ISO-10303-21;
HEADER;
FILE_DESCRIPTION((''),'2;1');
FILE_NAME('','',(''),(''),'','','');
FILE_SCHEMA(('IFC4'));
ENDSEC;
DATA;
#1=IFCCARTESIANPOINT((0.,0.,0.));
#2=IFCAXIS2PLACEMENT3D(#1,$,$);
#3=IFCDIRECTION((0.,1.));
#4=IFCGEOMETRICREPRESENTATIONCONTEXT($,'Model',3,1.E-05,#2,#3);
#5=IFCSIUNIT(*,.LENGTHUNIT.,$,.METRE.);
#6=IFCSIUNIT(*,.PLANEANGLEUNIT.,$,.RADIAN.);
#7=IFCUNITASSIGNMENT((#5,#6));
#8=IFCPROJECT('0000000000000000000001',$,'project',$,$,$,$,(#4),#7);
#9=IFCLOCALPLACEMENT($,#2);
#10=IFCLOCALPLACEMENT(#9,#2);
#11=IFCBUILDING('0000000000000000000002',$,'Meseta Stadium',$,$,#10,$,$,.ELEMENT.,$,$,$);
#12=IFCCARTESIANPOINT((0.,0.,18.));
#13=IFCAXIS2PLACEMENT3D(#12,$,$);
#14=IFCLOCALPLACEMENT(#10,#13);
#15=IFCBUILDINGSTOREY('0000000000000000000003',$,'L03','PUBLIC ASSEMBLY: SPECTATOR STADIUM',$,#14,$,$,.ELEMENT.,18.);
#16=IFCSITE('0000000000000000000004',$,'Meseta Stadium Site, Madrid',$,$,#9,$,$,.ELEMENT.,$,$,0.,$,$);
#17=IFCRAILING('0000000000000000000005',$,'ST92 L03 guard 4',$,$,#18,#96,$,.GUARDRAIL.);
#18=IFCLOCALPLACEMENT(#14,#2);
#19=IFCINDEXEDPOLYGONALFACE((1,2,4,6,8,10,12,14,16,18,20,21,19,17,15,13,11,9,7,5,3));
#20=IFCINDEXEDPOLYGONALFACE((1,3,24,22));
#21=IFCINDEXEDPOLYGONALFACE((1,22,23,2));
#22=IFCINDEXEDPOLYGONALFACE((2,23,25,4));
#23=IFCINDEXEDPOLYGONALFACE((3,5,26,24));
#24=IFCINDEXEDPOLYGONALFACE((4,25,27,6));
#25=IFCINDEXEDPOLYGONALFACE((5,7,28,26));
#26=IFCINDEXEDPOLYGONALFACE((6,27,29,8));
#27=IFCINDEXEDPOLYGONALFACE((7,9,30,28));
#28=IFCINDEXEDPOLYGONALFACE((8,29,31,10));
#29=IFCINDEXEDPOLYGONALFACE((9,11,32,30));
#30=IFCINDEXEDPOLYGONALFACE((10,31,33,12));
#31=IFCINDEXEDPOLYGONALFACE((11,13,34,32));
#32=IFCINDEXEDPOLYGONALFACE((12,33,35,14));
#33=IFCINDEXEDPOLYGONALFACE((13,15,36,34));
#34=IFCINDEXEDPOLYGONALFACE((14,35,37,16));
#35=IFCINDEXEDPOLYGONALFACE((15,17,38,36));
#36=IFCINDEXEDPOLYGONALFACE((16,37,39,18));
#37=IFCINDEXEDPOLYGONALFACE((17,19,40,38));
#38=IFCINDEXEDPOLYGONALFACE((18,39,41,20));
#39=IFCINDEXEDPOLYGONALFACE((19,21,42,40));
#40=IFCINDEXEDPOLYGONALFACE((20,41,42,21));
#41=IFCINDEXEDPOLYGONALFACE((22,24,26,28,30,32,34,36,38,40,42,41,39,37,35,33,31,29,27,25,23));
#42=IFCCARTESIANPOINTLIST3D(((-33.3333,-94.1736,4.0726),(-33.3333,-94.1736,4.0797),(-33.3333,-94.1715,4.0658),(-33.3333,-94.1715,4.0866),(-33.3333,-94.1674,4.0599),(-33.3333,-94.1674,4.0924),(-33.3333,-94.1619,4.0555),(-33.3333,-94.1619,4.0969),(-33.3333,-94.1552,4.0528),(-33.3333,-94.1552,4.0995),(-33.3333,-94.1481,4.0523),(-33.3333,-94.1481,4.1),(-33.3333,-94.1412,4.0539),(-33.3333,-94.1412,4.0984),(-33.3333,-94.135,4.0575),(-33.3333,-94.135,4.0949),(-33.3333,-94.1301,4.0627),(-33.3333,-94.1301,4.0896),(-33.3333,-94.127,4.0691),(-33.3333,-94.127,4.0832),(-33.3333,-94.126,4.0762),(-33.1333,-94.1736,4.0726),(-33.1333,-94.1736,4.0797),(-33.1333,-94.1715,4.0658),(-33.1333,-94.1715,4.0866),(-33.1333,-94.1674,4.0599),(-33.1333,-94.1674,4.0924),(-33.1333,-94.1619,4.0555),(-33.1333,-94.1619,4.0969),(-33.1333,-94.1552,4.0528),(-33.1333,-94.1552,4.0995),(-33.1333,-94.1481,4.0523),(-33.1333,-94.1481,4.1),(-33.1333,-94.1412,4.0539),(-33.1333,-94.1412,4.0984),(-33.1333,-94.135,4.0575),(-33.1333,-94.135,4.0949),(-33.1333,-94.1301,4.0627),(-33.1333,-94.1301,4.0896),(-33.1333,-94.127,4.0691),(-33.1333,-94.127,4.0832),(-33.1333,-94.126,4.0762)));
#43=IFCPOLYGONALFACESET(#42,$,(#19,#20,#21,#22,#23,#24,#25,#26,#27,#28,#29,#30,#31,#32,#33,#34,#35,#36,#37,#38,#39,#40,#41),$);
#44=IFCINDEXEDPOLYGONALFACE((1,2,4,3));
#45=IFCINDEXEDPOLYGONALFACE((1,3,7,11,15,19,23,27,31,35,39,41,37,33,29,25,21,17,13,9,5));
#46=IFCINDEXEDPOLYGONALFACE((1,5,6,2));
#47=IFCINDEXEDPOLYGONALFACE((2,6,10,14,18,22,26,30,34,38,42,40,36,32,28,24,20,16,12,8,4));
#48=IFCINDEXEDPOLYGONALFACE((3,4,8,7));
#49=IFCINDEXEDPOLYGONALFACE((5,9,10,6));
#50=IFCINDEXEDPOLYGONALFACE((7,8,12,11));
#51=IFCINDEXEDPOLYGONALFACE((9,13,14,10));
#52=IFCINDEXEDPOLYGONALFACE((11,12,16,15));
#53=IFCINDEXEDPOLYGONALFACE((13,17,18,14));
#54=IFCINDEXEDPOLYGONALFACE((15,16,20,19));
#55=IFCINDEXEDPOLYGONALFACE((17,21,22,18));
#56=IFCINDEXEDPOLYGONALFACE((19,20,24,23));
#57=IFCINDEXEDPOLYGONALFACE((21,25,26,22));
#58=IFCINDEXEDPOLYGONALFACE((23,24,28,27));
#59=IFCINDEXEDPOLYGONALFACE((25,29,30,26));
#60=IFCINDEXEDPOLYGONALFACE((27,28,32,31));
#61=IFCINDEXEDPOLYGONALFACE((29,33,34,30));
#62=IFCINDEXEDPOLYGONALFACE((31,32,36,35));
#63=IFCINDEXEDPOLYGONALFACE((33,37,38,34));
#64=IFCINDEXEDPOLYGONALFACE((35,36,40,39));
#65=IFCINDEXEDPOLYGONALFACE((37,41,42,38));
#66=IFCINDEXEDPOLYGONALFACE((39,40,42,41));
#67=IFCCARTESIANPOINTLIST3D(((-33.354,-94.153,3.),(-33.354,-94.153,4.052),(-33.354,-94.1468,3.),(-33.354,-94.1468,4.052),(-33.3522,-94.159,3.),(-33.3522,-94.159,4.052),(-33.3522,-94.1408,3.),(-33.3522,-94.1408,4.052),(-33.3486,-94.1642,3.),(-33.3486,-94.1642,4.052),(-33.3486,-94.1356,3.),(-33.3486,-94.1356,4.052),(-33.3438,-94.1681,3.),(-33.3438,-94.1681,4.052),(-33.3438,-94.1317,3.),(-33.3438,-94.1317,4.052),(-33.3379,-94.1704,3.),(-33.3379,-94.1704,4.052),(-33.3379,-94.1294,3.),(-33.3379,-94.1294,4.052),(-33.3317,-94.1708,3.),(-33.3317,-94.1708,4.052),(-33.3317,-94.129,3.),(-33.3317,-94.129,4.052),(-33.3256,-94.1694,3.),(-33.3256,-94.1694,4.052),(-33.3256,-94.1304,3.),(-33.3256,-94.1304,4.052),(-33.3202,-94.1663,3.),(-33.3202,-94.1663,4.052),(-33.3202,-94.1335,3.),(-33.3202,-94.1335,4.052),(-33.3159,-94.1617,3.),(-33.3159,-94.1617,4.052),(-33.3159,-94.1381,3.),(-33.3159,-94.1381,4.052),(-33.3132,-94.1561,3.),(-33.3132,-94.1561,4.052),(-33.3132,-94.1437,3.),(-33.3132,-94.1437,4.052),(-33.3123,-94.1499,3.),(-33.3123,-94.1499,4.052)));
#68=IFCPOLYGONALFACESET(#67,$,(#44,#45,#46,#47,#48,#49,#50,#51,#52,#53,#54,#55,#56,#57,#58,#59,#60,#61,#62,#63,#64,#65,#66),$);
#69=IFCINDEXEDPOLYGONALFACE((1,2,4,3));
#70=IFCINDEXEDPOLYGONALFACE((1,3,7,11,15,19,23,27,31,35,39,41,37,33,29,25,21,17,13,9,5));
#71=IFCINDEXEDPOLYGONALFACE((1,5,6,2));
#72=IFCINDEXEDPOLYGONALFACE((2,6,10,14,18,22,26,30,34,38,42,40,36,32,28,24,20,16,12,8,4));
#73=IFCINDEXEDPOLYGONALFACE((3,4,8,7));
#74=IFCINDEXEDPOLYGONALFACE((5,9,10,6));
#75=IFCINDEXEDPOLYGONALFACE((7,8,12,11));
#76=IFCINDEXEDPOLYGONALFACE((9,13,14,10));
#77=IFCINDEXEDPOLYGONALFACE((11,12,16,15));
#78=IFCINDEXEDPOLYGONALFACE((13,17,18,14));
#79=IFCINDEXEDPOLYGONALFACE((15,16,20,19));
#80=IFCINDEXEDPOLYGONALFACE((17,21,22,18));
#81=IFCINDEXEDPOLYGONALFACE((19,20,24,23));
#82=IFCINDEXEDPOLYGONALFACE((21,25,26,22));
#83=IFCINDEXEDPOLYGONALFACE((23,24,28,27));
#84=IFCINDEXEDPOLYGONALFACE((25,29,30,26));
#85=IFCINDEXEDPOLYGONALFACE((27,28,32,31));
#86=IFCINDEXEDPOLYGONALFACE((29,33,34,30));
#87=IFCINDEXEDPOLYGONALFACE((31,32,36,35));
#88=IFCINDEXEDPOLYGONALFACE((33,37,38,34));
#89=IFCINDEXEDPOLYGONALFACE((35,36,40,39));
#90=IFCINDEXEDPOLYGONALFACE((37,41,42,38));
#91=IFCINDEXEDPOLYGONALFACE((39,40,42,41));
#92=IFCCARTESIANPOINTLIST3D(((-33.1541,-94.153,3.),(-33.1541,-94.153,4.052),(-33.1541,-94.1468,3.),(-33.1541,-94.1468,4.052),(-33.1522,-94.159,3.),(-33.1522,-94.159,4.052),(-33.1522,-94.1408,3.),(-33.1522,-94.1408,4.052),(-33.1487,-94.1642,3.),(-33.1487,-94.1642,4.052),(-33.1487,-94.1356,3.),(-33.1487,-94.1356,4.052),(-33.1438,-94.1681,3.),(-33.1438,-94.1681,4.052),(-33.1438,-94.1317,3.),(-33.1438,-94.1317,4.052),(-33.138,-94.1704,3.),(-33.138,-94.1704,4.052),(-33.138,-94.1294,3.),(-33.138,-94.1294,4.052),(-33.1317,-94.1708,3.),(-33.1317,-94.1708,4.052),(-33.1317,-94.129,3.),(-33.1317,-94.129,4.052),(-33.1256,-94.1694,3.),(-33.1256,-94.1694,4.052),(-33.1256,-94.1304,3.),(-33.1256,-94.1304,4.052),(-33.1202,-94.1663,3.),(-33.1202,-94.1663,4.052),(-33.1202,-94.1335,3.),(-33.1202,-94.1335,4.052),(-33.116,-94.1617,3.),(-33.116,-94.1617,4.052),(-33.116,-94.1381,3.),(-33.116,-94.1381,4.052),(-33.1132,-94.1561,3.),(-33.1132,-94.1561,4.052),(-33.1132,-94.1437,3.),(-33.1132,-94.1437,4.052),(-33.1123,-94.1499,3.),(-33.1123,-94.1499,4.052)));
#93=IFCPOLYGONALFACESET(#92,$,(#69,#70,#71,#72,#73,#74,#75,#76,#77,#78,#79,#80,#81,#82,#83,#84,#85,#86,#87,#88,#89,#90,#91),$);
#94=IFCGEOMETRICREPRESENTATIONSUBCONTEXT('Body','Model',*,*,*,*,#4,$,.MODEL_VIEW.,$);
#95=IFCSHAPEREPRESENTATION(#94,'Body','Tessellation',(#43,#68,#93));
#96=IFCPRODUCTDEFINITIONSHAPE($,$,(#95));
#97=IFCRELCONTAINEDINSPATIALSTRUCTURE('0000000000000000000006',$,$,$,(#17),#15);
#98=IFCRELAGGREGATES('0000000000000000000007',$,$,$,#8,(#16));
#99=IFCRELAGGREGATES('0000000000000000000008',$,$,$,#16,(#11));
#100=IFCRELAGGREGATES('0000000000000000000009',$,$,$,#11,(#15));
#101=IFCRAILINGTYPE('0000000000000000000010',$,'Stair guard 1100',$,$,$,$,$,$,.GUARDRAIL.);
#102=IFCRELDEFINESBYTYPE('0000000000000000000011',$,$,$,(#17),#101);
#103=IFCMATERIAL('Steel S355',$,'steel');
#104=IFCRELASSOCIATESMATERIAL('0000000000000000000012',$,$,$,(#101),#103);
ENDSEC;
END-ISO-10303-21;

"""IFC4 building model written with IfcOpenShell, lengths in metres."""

from ifc_helpers import new_model, si_unit, direction, frame, origin, origin_2d, place, context, subcontext, project, spatial, circle, extrude, material, type_object, element, save


model = new_model("IFC4")

# Units and contexts
model_context = context("Model", 3, precision=1e-05, world=origin(), true_north=direction((0.0, 1.0)))
body_context = subcontext(model_context, "Body", "Model", "MODEL_VIEW")
ifc_project = project(units=[si_unit("LENGTHUNIT", "METRE"), si_unit("PLANEANGLEUNIT", "RADIAN")], contexts=[model_context])

# Site, building, storey
site_placement = place(None, origin())
site = spatial("IfcSite", under=ifc_project, at=site_placement, Name="Meseta Stadium Site, Madrid", CompositionType="ELEMENT", RefElevation=0.0)
building_placement = place(site_placement, origin())
building = spatial("IfcBuilding", under=site, at=building_placement, Name="Meseta Stadium", CompositionType="ELEMENT")
storey_placement = place(building_placement, frame((0.0, 0.0, 18.0)))
storey = spatial("IfcBuildingStorey", under=building, at=storey_placement, Name="L03", Description="PUBLIC ASSEMBLY: SPECTATOR STADIUM", CompositionType="ELEMENT", Elevation=18.0)

# Railing
ifc_material_1 = material(Name="Steel S355", Category="steel")
railing_type_1 = type_object("IfcRailingType", Name="Stair guard 1100", PredefinedType="GUARDRAIL", material=ifc_material_1)
railing_1_placement = place(storey_placement, frame((-33.3333, -94.1499, 3.0)))
element("IfcRailing", 1, at=railing_1_placement, inside=storey, type_object=railing_type_1, Name="ST92 L03 guard 4", PredefinedType="GUARDRAIL", context=body_context, shape_type="SweptSolid", body=[
    extrude(circle(Radius=0.0239, at=origin_2d()), frame((0.0, 0.0, 1.0762), z_axis=(1.0, 0.0, 0.0), x_axis=(0.0, 1.0, 0.0)), (0.0, 0.0, 1.0), 0.2),
    extrude(circle(Radius=0.021, at=origin_2d()), origin(), (0.0, 0.0, 1.0), 1.052),
    extrude(circle(Radius=0.021, at=origin_2d()), frame((0.2, 0.0, 0.0)), (0.0, 0.0, 1.0), 1.052),
])

save(model, "model.ifc")
